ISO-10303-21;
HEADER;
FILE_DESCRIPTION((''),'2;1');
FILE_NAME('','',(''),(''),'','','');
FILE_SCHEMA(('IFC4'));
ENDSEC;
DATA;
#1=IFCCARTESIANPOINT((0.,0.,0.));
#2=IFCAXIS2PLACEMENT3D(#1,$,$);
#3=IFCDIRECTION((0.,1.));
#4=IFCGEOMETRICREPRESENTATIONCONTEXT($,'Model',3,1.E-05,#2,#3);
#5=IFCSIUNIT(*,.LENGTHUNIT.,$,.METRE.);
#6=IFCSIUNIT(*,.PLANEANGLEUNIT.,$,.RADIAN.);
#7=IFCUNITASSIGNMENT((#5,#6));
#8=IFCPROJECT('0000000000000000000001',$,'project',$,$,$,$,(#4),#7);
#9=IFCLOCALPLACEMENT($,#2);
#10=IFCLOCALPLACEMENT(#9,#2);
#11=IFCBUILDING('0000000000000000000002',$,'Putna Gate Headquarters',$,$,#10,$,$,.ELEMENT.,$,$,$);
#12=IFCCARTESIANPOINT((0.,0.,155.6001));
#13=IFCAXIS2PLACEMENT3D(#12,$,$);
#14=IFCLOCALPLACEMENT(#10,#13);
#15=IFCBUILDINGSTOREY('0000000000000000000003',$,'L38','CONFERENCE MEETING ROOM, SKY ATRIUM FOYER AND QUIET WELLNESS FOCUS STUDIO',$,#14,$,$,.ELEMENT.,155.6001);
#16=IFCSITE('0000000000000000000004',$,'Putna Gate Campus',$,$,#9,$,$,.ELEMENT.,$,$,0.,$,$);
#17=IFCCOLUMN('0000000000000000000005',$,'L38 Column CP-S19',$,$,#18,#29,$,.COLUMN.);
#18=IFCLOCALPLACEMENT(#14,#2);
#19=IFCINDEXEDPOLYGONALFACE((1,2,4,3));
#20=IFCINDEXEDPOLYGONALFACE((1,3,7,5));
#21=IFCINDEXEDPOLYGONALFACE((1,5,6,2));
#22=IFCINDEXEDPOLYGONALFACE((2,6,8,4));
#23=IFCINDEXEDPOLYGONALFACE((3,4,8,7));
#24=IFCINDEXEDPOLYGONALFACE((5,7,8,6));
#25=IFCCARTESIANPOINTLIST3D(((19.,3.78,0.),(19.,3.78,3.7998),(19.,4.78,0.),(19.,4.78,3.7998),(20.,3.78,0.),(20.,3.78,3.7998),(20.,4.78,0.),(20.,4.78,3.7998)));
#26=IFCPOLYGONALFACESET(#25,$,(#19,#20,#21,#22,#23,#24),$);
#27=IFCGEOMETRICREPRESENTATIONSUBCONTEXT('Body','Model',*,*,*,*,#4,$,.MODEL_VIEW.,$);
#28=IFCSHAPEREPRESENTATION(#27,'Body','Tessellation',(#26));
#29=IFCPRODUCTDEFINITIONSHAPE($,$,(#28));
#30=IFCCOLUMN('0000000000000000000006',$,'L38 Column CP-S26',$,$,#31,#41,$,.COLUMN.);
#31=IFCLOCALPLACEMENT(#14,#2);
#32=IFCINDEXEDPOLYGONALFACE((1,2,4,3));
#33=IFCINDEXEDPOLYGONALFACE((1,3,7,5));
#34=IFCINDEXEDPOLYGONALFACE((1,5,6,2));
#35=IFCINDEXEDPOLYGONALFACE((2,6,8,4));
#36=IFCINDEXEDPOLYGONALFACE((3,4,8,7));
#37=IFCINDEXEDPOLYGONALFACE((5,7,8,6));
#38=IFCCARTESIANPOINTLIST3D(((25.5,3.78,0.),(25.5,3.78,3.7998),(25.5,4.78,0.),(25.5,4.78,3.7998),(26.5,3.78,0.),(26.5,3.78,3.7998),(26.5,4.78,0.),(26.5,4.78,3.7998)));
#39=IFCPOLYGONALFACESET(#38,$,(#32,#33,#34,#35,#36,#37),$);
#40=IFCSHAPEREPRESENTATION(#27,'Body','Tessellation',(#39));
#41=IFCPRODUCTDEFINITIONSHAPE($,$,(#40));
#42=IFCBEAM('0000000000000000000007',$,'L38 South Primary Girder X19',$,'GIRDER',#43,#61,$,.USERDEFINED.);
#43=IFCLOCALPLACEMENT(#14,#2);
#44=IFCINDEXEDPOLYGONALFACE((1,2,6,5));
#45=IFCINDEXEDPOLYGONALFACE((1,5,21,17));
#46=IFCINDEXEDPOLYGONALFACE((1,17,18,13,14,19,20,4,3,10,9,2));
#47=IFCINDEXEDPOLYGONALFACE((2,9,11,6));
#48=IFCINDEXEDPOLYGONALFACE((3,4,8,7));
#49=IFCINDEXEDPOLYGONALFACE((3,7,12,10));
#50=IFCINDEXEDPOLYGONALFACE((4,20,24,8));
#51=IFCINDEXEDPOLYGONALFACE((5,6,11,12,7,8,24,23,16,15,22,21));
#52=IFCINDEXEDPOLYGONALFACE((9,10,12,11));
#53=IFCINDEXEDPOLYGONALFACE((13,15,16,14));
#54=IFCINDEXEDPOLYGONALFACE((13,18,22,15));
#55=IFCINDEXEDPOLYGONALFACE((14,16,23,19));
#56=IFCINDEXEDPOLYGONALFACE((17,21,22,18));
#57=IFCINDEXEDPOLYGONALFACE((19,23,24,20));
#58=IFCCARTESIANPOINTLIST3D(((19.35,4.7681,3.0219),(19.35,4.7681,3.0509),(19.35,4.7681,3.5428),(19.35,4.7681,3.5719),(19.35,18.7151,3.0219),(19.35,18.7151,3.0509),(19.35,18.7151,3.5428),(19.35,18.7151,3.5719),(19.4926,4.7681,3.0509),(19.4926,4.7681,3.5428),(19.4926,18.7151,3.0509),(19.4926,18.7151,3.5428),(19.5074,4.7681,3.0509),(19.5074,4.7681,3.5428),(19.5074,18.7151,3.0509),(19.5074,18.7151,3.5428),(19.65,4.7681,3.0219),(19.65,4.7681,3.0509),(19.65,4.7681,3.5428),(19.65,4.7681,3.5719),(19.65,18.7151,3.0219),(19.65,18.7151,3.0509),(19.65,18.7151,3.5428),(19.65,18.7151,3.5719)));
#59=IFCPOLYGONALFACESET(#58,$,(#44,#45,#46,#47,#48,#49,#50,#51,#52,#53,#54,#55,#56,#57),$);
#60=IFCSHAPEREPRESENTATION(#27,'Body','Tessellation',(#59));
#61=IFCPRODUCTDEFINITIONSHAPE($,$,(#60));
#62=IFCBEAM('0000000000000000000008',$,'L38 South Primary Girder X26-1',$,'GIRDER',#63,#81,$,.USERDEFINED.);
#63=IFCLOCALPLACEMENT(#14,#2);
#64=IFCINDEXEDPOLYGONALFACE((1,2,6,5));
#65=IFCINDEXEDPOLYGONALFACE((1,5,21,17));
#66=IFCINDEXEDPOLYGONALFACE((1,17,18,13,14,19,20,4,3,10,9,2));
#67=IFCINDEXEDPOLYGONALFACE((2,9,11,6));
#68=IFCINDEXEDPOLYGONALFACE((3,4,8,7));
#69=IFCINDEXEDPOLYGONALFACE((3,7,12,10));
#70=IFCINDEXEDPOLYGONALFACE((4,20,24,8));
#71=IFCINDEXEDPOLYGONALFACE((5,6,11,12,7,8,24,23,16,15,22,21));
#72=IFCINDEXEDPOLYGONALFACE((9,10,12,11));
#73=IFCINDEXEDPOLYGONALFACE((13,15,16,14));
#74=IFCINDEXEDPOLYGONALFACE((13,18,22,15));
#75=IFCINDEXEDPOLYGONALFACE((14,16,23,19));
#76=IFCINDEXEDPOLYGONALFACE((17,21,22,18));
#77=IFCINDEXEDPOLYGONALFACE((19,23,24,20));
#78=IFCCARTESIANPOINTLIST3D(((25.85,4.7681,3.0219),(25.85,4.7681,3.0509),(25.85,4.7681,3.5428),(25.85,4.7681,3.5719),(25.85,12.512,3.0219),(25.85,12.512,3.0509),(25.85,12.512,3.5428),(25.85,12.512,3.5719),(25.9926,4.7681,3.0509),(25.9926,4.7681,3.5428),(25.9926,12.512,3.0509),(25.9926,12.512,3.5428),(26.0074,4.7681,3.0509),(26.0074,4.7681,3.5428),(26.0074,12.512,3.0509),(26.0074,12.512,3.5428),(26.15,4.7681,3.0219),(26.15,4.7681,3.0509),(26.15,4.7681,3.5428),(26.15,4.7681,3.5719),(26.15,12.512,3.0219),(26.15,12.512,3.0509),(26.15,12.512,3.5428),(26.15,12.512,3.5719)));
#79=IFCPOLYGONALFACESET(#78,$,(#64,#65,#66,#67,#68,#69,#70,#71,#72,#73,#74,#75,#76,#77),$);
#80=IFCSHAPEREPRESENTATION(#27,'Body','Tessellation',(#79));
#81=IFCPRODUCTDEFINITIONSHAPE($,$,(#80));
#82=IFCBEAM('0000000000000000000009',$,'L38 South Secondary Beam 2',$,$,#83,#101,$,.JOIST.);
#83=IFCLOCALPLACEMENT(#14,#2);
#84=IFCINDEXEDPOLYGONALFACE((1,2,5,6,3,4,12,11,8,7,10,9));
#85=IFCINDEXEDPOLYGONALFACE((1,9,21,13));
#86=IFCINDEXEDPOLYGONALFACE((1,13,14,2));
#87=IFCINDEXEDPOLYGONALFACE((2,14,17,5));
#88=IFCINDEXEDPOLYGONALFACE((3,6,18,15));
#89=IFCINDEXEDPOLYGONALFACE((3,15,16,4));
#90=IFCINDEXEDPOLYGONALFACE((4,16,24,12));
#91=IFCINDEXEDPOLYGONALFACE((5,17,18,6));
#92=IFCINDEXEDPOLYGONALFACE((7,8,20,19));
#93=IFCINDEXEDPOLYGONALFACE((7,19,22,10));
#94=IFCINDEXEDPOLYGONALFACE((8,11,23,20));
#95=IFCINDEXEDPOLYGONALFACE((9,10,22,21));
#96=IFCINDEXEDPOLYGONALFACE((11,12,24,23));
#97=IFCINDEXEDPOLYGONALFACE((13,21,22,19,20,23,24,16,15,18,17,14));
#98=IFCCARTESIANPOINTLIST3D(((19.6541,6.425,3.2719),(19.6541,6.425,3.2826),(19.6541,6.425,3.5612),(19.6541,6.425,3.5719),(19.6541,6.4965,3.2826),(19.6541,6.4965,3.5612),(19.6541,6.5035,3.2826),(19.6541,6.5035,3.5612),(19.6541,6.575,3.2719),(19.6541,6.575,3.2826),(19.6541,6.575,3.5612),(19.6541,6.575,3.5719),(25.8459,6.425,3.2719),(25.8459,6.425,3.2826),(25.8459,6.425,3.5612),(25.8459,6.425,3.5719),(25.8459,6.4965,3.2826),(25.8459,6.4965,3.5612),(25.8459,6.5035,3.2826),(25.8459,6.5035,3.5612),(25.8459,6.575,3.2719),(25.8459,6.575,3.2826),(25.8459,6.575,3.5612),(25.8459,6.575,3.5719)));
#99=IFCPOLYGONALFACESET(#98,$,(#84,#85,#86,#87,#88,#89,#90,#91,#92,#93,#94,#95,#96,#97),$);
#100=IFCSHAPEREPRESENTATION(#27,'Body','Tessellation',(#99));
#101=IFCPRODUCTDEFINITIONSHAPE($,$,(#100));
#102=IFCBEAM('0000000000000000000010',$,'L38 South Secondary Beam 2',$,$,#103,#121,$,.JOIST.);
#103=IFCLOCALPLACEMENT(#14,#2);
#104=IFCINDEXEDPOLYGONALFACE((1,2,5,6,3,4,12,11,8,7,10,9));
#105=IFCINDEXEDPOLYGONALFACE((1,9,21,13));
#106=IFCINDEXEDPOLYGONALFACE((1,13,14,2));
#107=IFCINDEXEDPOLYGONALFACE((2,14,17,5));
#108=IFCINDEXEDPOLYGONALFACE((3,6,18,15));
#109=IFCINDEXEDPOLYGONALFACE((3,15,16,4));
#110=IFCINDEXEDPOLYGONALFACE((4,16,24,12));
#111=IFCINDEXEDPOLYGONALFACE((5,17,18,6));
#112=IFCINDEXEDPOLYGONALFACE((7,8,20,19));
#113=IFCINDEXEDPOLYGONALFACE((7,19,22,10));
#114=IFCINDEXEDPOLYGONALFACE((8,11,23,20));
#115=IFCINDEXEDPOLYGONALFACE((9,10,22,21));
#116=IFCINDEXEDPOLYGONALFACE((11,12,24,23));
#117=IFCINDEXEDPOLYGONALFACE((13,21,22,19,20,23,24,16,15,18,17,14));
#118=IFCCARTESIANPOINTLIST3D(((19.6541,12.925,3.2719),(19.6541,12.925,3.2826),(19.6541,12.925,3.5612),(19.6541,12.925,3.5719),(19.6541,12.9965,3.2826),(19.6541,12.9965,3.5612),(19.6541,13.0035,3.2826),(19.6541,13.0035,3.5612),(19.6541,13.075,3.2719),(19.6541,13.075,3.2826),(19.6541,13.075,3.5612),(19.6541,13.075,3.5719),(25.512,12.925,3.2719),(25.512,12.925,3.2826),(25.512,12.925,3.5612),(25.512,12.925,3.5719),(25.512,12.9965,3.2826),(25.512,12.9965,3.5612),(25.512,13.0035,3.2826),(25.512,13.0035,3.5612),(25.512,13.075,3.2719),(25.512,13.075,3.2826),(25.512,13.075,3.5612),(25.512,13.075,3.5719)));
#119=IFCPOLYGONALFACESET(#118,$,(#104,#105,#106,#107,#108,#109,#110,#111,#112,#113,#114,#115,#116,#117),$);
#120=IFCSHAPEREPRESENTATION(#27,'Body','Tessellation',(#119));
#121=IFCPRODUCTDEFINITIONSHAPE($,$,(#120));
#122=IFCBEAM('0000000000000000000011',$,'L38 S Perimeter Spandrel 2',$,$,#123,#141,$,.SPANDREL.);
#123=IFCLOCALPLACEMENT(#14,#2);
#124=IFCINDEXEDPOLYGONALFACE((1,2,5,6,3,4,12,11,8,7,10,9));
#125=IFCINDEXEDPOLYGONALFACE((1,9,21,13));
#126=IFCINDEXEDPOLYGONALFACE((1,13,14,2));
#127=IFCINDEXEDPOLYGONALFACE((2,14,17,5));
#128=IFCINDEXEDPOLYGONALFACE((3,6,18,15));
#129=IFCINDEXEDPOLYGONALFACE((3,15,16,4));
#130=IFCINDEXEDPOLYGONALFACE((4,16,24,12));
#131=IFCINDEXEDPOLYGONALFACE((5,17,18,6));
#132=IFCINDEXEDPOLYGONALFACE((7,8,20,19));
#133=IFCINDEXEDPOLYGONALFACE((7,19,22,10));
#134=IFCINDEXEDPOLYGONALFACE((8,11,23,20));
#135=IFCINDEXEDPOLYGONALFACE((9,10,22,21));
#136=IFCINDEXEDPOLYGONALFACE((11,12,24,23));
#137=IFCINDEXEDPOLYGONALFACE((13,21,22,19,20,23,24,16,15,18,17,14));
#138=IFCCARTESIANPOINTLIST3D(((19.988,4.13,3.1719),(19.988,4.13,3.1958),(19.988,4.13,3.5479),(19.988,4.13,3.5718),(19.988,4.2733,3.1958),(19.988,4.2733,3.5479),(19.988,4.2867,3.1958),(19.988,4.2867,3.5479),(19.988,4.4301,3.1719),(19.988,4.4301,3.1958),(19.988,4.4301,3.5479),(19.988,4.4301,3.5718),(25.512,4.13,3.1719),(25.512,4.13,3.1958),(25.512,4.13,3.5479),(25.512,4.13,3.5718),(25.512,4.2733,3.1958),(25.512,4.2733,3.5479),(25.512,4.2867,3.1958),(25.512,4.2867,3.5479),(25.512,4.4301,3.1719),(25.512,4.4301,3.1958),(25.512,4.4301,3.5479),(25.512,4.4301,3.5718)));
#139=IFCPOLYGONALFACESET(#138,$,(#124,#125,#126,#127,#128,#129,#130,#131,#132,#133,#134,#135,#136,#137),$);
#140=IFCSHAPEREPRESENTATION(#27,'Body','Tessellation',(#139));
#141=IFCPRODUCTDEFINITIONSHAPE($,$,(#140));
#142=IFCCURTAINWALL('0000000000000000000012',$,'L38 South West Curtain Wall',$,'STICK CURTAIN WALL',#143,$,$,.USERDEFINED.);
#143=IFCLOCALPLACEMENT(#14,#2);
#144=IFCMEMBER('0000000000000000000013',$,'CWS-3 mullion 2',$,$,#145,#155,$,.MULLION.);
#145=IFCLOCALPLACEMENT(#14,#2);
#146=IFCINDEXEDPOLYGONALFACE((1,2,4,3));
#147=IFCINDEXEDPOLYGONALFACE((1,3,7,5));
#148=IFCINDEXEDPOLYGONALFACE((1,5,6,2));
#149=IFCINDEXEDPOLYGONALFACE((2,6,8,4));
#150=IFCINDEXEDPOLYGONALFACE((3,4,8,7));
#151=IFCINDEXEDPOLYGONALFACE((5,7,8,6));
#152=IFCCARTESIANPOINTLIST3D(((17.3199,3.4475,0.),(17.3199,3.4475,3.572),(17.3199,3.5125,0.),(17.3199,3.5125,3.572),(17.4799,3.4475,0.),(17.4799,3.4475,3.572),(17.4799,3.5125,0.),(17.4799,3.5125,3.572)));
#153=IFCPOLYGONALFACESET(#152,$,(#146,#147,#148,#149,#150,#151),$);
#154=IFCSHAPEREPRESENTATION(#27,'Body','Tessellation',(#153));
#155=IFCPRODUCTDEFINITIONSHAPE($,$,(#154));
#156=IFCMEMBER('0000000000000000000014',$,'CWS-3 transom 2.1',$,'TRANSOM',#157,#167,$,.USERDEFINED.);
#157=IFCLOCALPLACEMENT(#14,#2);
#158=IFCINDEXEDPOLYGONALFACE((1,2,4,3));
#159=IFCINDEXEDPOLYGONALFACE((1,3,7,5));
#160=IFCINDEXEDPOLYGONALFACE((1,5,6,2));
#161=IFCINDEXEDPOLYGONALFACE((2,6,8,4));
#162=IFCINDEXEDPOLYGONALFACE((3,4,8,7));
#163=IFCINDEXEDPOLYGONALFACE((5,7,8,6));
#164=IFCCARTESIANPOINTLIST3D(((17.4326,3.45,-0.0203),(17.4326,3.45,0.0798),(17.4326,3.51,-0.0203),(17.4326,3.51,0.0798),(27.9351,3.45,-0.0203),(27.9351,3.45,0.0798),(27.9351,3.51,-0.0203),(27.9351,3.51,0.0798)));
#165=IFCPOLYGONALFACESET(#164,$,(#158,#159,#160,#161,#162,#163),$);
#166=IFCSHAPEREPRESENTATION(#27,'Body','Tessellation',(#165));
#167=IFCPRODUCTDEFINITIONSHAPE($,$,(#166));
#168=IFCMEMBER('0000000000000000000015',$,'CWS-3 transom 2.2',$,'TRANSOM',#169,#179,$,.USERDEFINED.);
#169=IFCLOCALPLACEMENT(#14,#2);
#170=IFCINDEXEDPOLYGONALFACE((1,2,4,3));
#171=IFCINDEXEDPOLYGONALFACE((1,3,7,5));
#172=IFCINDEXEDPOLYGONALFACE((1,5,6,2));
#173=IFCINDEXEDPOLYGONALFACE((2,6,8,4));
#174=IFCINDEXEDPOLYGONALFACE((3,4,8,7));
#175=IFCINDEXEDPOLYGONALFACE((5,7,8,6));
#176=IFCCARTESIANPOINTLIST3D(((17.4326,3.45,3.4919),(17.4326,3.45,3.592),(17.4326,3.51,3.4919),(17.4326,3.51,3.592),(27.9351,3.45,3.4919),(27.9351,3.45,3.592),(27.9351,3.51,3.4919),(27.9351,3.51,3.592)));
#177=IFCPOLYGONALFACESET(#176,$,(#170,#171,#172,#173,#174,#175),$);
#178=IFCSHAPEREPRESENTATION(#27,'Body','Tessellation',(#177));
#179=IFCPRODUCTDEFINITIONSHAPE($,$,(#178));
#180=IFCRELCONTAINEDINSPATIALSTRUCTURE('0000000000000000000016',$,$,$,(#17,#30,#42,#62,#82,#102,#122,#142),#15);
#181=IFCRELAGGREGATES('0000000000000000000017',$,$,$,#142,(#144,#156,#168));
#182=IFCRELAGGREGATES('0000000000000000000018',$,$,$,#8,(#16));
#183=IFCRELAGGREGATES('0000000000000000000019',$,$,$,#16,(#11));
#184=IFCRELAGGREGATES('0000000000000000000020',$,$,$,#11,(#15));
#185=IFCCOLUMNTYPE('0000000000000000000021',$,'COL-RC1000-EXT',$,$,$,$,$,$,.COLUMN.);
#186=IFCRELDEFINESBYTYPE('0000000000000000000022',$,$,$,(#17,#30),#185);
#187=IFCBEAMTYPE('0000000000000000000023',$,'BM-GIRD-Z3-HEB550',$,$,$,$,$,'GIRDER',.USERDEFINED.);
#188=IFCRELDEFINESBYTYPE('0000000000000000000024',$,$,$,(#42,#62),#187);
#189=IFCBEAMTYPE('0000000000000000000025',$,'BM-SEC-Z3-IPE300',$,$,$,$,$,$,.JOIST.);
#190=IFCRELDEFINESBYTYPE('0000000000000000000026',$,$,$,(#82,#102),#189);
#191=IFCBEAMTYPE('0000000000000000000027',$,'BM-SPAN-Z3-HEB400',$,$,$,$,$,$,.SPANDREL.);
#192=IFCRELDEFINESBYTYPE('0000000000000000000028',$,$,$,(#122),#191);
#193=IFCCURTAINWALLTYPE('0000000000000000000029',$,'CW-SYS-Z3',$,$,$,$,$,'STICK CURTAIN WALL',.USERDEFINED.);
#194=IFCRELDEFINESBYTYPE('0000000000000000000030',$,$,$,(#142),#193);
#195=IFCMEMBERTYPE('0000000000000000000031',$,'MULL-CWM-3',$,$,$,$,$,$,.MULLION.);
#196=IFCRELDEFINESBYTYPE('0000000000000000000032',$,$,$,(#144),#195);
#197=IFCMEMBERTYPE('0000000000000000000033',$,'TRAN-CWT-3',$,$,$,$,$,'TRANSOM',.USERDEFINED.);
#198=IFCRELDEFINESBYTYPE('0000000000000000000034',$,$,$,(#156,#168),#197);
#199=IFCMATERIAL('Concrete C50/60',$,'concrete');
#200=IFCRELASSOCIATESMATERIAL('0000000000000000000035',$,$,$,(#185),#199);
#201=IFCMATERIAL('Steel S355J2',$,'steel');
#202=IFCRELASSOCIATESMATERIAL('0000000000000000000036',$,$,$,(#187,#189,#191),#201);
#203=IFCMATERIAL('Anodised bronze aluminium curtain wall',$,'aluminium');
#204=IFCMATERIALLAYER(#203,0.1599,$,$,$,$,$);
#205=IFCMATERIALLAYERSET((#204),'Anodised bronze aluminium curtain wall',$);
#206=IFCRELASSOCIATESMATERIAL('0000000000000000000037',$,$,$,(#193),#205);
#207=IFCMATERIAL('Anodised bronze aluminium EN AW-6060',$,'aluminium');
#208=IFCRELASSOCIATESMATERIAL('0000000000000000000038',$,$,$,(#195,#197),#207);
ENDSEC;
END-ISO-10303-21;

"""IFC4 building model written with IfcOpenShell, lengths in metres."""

from ifc_helpers import new_model, si_unit, direction, frame, origin, origin_2d, place, context, subcontext, project, spatial, rectangle, i_section, extrude, material, layer, layer_set, material_profile, profile_set, type_object, element, aggregate, save


model = new_model("IFC4")

# Units and contexts
model_context = context("Model", 3, precision=1e-05, world=origin(), true_north=direction((0.0, 1.0)))
body_context = subcontext(model_context, "Body", "Model", "MODEL_VIEW")
ifc_project = project(units=[si_unit("LENGTHUNIT", "METRE"), si_unit("PLANEANGLEUNIT", "RADIAN")], contexts=[model_context])

# Site, building, storey
site_placement = place(None, origin())
site = spatial("IfcSite", under=ifc_project, at=site_placement, Name="Putna Gate Campus", CompositionType="ELEMENT", RefElevation=0.0)
building_placement = place(site_placement, origin())
building = spatial("IfcBuilding", under=site, at=building_placement, Name="Putna Gate Headquarters", CompositionType="ELEMENT")
storey_placement = place(building_placement, frame((0.0, 0.0, 155.6001)))
storey = spatial("IfcBuildingStorey", under=building, at=storey_placement, Name="L38", Description="CONFERENCE MEETING ROOM, SKY ATRIUM FOYER AND QUIET WELLNESS FOCUS STUDIO", CompositionType="ELEMENT", Elevation=155.6001)

# Columns
ifc_material_1 = material(Name="Concrete C50/60", Category="concrete")
ifc_material_profile_1 = material_profile(ifc_material_1, rectangle(XDim=1.0, YDim=1.0, at=origin_2d()), Name="Concrete C50/60")
ifc_profile_set_1 = profile_set([ifc_material_profile_1], Name="Concrete C50/60")
column_type = type_object("IfcColumnType", Name="COL-RC1000-EXT", PredefinedType="COLUMN", material=ifc_profile_set_1)
for number, where, z_axis, x_axis, name in (
    (1, (19.5, 4.28, 0.0), (0.0, 0.0, 1.0), (1.0, 0.0, 0.0), "L38 Column CP-S19"),
    (2, (26.0, 4.28, 0.0), (0.0, 0.0, 1.0), (1.0, 0.0, 0.0), "L38 Column CP-S26"),
):
    element("IfcColumn", number, at=place(storey_placement, frame(where, z_axis=z_axis, x_axis=x_axis)), inside=storey, type_object=column_type, Name=name, PredefinedType="COLUMN", context=body_context, shape_type="SweptSolid", body=[
        extrude(rectangle(XDim=1.0, YDim=1.0, at=origin_2d()), origin(), (0.0, 0.0, 1.0), 3.7998),
    ])

# Beams
ifc_material_2 = material(Name="Steel S355J2", Category="steel")
ifc_material_profile_2 = material_profile(ifc_material_2, i_section(OverallWidth=0.3, OverallDepth=0.55, WebThickness=0.0149, FlangeThickness=0.0291, at=origin_2d()), Name="Steel S355J2")
ifc_profile_set_2 = profile_set([ifc_material_profile_2], Name="Steel S355J2")
beam_type_1 = type_object("IfcBeamType", Name="BM-GIRD-Z3-HEB550", ElementType="GIRDER", PredefinedType="USERDEFINED", material=ifc_profile_set_2)
beam_1_placement = place(storey_placement, frame((19.5, 4.7681, 3.2969), z_axis=(0.0, 1.0, 0.0), x_axis=(-1.0, 0.0, 0.0)))
element("IfcBeam", 3, at=beam_1_placement, inside=storey, type_object=beam_type_1, Name="L38 South Primary Girder X19", ObjectType="GIRDER", PredefinedType="USERDEFINED", context=body_context, shape_type="SweptSolid", body=[
    extrude(i_section(OverallWidth=0.3, OverallDepth=0.55, WebThickness=0.0149, FlangeThickness=0.0291, at=origin_2d()), origin(), (0.0, 0.0, 1.0), 13.947),
])
beam_2_placement = place(storey_placement, frame((26.0, 4.7681, 3.2969), z_axis=(0.0, 1.0, 0.0), x_axis=(-1.0, 0.0, 0.0)))
element("IfcBeam", 4, at=beam_2_placement, inside=storey, type_object=beam_type_1, Name="L38 South Primary Girder X26-1", ObjectType="GIRDER", PredefinedType="USERDEFINED", context=body_context, shape_type="SweptSolid", body=[
    extrude(i_section(OverallWidth=0.3, OverallDepth=0.55, WebThickness=0.0149, FlangeThickness=0.0291, at=origin_2d()), origin(), (0.0, 0.0, 1.0), 7.7439),
])
ifc_material_profile_3 = material_profile(ifc_material_2, i_section(OverallWidth=0.1499, OverallDepth=0.3, WebThickness=0.0071, FlangeThickness=0.0107, at=origin_2d()), Name="Steel S355J2")
ifc_profile_set_3 = profile_set([ifc_material_profile_3], Name="Steel S355J2")
beam_type_2 = type_object("IfcBeamType", Name="BM-SEC-Z3-IPE300", PredefinedType="JOIST", material=ifc_profile_set_3)
beam_3_placement = place(storey_placement, frame((19.6541, 6.5, 3.4219), z_axis=(1.0, 0.0, 0.0), x_axis=(0.0, 1.0, 0.0)))
element("IfcBeam", 5, at=beam_3_placement, inside=storey, type_object=beam_type_2, Name="L38 South Secondary Beam 2", PredefinedType="JOIST", context=body_context, shape_type="SweptSolid", body=[
    extrude(i_section(OverallWidth=0.1499, OverallDepth=0.3, WebThickness=0.0071, FlangeThickness=0.0107, at=origin_2d()), origin(), (0.0, 0.0, 1.0), 6.1919),
])
beam_4_placement = place(storey_placement, frame((19.6541, 13.0, 3.4219), z_axis=(1.0, 0.0, 0.0), x_axis=(0.0, 1.0, 0.0)))
element("IfcBeam", 6, at=beam_4_placement, inside=storey, type_object=beam_type_2, Name="L38 South Secondary Beam 2", PredefinedType="JOIST", context=body_context, shape_type="SweptSolid", body=[
    extrude(i_section(OverallWidth=0.1499, OverallDepth=0.3, WebThickness=0.0071, FlangeThickness=0.0107, at=origin_2d()), origin(), (0.0, 0.0, 1.0), 5.8579),
])
ifc_material_profile_4 = material_profile(ifc_material_2, i_section(OverallWidth=0.3, OverallDepth=0.3999, WebThickness=0.0134, FlangeThickness=0.0239, at=origin_2d()), Name="Steel S355J2")
ifc_profile_set_4 = profile_set([ifc_material_profile_4], Name="Steel S355J2")
beam_type_3 = type_object("IfcBeamType", Name="BM-SPAN-Z3-HEB400", PredefinedType="SPANDREL", material=ifc_profile_set_4)
beam_5_placement = place(storey_placement, frame((19.988, 4.28, 3.3718), z_axis=(1.0, 0.0, 0.0), x_axis=(0.0, 1.0, 0.0)))
element("IfcBeam", 7, at=beam_5_placement, inside=storey, type_object=beam_type_3, Name="L38 S Perimeter Spandrel 2", PredefinedType="SPANDREL", context=body_context, shape_type="SweptSolid", body=[
    extrude(i_section(OverallWidth=0.3, OverallDepth=0.3999, WebThickness=0.0134, FlangeThickness=0.0239, at=origin_2d()), origin(), (0.0, 0.0, 1.0), 5.5239),
])

# Curtain wall, members
ifc_material_3 = material(Name="Anodised bronze aluminium curtain wall", Category="aluminium")
ifc_layer_1 = layer(ifc_material_3, 0.1599)
ifc_layer_set_1 = layer_set([ifc_layer_1], Name="Anodised bronze aluminium curtain wall")
curtain_wall_type = type_object("IfcCurtainWallType", Name="CW-SYS-Z3", ElementType="STICK CURTAIN WALL", PredefinedType="USERDEFINED", material=ifc_layer_set_1)
curtain_wall_placement = place(storey_placement, origin())
curtain_wall = element("IfcCurtainWall", 8, at=curtain_wall_placement, inside=storey, type_object=curtain_wall_type, Name="L38 South West Curtain Wall", ObjectType="STICK CURTAIN WALL", PredefinedType="USERDEFINED")
ifc_material_4 = material(Name="Anodised bronze aluminium EN AW-6060", Category="aluminium")
ifc_material_profile_5 = material_profile(ifc_material_4, rectangle(XDim=0.0649, YDim=0.1599, at=origin_2d()), Name="Anodised bronze aluminium EN AW-6060")
ifc_profile_set_5 = profile_set([ifc_material_profile_5], Name="Anodised bronze aluminium EN AW-6060")
member_type_1 = type_object("IfcMemberType", Name="MULL-CWM-3", PredefinedType="MULLION", material=ifc_profile_set_5)
member_1_placement = place(storey_placement, frame((17.3999, 3.48, 0.0), z_axis=(0.0, 0.0, 1.0), x_axis=(0.0, 1.0, 0.0)))
member_1 = element("IfcMember", 9, at=member_1_placement, type_object=member_type_1, Name="CWS-3 mullion 2", PredefinedType="MULLION", context=body_context, shape_type="SweptSolid", body=[
    extrude(rectangle(XDim=0.0649, YDim=0.1599, at=origin_2d()), origin(), (0.0, 0.0, 1.0), 3.572),
])
ifc_material_profile_6 = material_profile(ifc_material_4, rectangle(XDim=0.0601, YDim=0.1001, at=origin_2d()), Name="Anodised bronze aluminium EN AW-6060")
ifc_profile_set_6 = profile_set([ifc_material_profile_6], Name="Anodised bronze aluminium EN AW-6060")
member_type_2 = type_object("IfcMemberType", Name="TRAN-CWT-3", ElementType="TRANSOM", PredefinedType="USERDEFINED", material=ifc_profile_set_6)
member_2_placement = place(storey_placement, frame((17.4326, 3.48, 0.0298), z_axis=(1.0, 0.0, 0.0), x_axis=(0.0, 1.0, 0.0)))
member_2 = element("IfcMember", 10, at=member_2_placement, type_object=member_type_2, Name="CWS-3 transom 2.1", ObjectType="TRANSOM", PredefinedType="USERDEFINED", context=body_context, shape_type="SweptSolid", body=[
    extrude(rectangle(XDim=0.0601, YDim=0.1001, at=origin_2d()), origin(), (0.0, 0.0, 1.0), 10.5024),
])
member_3_placement = place(storey_placement, frame((17.4326, 3.48, 3.542), z_axis=(1.0, 0.0, 0.0), x_axis=(0.0, 1.0, 0.0)))
member_3 = element("IfcMember", 11, at=member_3_placement, type_object=member_type_2, Name="CWS-3 transom 2.2", ObjectType="TRANSOM", PredefinedType="USERDEFINED", context=body_context, shape_type="SweptSolid", body=[
    extrude(rectangle(XDim=0.0601, YDim=0.1001, at=origin_2d()), origin(), (0.0, 0.0, 1.0), 10.5024),
])
aggregate(curtain_wall, [member_1, member_2, member_3])

save(model, "model.ifc")
